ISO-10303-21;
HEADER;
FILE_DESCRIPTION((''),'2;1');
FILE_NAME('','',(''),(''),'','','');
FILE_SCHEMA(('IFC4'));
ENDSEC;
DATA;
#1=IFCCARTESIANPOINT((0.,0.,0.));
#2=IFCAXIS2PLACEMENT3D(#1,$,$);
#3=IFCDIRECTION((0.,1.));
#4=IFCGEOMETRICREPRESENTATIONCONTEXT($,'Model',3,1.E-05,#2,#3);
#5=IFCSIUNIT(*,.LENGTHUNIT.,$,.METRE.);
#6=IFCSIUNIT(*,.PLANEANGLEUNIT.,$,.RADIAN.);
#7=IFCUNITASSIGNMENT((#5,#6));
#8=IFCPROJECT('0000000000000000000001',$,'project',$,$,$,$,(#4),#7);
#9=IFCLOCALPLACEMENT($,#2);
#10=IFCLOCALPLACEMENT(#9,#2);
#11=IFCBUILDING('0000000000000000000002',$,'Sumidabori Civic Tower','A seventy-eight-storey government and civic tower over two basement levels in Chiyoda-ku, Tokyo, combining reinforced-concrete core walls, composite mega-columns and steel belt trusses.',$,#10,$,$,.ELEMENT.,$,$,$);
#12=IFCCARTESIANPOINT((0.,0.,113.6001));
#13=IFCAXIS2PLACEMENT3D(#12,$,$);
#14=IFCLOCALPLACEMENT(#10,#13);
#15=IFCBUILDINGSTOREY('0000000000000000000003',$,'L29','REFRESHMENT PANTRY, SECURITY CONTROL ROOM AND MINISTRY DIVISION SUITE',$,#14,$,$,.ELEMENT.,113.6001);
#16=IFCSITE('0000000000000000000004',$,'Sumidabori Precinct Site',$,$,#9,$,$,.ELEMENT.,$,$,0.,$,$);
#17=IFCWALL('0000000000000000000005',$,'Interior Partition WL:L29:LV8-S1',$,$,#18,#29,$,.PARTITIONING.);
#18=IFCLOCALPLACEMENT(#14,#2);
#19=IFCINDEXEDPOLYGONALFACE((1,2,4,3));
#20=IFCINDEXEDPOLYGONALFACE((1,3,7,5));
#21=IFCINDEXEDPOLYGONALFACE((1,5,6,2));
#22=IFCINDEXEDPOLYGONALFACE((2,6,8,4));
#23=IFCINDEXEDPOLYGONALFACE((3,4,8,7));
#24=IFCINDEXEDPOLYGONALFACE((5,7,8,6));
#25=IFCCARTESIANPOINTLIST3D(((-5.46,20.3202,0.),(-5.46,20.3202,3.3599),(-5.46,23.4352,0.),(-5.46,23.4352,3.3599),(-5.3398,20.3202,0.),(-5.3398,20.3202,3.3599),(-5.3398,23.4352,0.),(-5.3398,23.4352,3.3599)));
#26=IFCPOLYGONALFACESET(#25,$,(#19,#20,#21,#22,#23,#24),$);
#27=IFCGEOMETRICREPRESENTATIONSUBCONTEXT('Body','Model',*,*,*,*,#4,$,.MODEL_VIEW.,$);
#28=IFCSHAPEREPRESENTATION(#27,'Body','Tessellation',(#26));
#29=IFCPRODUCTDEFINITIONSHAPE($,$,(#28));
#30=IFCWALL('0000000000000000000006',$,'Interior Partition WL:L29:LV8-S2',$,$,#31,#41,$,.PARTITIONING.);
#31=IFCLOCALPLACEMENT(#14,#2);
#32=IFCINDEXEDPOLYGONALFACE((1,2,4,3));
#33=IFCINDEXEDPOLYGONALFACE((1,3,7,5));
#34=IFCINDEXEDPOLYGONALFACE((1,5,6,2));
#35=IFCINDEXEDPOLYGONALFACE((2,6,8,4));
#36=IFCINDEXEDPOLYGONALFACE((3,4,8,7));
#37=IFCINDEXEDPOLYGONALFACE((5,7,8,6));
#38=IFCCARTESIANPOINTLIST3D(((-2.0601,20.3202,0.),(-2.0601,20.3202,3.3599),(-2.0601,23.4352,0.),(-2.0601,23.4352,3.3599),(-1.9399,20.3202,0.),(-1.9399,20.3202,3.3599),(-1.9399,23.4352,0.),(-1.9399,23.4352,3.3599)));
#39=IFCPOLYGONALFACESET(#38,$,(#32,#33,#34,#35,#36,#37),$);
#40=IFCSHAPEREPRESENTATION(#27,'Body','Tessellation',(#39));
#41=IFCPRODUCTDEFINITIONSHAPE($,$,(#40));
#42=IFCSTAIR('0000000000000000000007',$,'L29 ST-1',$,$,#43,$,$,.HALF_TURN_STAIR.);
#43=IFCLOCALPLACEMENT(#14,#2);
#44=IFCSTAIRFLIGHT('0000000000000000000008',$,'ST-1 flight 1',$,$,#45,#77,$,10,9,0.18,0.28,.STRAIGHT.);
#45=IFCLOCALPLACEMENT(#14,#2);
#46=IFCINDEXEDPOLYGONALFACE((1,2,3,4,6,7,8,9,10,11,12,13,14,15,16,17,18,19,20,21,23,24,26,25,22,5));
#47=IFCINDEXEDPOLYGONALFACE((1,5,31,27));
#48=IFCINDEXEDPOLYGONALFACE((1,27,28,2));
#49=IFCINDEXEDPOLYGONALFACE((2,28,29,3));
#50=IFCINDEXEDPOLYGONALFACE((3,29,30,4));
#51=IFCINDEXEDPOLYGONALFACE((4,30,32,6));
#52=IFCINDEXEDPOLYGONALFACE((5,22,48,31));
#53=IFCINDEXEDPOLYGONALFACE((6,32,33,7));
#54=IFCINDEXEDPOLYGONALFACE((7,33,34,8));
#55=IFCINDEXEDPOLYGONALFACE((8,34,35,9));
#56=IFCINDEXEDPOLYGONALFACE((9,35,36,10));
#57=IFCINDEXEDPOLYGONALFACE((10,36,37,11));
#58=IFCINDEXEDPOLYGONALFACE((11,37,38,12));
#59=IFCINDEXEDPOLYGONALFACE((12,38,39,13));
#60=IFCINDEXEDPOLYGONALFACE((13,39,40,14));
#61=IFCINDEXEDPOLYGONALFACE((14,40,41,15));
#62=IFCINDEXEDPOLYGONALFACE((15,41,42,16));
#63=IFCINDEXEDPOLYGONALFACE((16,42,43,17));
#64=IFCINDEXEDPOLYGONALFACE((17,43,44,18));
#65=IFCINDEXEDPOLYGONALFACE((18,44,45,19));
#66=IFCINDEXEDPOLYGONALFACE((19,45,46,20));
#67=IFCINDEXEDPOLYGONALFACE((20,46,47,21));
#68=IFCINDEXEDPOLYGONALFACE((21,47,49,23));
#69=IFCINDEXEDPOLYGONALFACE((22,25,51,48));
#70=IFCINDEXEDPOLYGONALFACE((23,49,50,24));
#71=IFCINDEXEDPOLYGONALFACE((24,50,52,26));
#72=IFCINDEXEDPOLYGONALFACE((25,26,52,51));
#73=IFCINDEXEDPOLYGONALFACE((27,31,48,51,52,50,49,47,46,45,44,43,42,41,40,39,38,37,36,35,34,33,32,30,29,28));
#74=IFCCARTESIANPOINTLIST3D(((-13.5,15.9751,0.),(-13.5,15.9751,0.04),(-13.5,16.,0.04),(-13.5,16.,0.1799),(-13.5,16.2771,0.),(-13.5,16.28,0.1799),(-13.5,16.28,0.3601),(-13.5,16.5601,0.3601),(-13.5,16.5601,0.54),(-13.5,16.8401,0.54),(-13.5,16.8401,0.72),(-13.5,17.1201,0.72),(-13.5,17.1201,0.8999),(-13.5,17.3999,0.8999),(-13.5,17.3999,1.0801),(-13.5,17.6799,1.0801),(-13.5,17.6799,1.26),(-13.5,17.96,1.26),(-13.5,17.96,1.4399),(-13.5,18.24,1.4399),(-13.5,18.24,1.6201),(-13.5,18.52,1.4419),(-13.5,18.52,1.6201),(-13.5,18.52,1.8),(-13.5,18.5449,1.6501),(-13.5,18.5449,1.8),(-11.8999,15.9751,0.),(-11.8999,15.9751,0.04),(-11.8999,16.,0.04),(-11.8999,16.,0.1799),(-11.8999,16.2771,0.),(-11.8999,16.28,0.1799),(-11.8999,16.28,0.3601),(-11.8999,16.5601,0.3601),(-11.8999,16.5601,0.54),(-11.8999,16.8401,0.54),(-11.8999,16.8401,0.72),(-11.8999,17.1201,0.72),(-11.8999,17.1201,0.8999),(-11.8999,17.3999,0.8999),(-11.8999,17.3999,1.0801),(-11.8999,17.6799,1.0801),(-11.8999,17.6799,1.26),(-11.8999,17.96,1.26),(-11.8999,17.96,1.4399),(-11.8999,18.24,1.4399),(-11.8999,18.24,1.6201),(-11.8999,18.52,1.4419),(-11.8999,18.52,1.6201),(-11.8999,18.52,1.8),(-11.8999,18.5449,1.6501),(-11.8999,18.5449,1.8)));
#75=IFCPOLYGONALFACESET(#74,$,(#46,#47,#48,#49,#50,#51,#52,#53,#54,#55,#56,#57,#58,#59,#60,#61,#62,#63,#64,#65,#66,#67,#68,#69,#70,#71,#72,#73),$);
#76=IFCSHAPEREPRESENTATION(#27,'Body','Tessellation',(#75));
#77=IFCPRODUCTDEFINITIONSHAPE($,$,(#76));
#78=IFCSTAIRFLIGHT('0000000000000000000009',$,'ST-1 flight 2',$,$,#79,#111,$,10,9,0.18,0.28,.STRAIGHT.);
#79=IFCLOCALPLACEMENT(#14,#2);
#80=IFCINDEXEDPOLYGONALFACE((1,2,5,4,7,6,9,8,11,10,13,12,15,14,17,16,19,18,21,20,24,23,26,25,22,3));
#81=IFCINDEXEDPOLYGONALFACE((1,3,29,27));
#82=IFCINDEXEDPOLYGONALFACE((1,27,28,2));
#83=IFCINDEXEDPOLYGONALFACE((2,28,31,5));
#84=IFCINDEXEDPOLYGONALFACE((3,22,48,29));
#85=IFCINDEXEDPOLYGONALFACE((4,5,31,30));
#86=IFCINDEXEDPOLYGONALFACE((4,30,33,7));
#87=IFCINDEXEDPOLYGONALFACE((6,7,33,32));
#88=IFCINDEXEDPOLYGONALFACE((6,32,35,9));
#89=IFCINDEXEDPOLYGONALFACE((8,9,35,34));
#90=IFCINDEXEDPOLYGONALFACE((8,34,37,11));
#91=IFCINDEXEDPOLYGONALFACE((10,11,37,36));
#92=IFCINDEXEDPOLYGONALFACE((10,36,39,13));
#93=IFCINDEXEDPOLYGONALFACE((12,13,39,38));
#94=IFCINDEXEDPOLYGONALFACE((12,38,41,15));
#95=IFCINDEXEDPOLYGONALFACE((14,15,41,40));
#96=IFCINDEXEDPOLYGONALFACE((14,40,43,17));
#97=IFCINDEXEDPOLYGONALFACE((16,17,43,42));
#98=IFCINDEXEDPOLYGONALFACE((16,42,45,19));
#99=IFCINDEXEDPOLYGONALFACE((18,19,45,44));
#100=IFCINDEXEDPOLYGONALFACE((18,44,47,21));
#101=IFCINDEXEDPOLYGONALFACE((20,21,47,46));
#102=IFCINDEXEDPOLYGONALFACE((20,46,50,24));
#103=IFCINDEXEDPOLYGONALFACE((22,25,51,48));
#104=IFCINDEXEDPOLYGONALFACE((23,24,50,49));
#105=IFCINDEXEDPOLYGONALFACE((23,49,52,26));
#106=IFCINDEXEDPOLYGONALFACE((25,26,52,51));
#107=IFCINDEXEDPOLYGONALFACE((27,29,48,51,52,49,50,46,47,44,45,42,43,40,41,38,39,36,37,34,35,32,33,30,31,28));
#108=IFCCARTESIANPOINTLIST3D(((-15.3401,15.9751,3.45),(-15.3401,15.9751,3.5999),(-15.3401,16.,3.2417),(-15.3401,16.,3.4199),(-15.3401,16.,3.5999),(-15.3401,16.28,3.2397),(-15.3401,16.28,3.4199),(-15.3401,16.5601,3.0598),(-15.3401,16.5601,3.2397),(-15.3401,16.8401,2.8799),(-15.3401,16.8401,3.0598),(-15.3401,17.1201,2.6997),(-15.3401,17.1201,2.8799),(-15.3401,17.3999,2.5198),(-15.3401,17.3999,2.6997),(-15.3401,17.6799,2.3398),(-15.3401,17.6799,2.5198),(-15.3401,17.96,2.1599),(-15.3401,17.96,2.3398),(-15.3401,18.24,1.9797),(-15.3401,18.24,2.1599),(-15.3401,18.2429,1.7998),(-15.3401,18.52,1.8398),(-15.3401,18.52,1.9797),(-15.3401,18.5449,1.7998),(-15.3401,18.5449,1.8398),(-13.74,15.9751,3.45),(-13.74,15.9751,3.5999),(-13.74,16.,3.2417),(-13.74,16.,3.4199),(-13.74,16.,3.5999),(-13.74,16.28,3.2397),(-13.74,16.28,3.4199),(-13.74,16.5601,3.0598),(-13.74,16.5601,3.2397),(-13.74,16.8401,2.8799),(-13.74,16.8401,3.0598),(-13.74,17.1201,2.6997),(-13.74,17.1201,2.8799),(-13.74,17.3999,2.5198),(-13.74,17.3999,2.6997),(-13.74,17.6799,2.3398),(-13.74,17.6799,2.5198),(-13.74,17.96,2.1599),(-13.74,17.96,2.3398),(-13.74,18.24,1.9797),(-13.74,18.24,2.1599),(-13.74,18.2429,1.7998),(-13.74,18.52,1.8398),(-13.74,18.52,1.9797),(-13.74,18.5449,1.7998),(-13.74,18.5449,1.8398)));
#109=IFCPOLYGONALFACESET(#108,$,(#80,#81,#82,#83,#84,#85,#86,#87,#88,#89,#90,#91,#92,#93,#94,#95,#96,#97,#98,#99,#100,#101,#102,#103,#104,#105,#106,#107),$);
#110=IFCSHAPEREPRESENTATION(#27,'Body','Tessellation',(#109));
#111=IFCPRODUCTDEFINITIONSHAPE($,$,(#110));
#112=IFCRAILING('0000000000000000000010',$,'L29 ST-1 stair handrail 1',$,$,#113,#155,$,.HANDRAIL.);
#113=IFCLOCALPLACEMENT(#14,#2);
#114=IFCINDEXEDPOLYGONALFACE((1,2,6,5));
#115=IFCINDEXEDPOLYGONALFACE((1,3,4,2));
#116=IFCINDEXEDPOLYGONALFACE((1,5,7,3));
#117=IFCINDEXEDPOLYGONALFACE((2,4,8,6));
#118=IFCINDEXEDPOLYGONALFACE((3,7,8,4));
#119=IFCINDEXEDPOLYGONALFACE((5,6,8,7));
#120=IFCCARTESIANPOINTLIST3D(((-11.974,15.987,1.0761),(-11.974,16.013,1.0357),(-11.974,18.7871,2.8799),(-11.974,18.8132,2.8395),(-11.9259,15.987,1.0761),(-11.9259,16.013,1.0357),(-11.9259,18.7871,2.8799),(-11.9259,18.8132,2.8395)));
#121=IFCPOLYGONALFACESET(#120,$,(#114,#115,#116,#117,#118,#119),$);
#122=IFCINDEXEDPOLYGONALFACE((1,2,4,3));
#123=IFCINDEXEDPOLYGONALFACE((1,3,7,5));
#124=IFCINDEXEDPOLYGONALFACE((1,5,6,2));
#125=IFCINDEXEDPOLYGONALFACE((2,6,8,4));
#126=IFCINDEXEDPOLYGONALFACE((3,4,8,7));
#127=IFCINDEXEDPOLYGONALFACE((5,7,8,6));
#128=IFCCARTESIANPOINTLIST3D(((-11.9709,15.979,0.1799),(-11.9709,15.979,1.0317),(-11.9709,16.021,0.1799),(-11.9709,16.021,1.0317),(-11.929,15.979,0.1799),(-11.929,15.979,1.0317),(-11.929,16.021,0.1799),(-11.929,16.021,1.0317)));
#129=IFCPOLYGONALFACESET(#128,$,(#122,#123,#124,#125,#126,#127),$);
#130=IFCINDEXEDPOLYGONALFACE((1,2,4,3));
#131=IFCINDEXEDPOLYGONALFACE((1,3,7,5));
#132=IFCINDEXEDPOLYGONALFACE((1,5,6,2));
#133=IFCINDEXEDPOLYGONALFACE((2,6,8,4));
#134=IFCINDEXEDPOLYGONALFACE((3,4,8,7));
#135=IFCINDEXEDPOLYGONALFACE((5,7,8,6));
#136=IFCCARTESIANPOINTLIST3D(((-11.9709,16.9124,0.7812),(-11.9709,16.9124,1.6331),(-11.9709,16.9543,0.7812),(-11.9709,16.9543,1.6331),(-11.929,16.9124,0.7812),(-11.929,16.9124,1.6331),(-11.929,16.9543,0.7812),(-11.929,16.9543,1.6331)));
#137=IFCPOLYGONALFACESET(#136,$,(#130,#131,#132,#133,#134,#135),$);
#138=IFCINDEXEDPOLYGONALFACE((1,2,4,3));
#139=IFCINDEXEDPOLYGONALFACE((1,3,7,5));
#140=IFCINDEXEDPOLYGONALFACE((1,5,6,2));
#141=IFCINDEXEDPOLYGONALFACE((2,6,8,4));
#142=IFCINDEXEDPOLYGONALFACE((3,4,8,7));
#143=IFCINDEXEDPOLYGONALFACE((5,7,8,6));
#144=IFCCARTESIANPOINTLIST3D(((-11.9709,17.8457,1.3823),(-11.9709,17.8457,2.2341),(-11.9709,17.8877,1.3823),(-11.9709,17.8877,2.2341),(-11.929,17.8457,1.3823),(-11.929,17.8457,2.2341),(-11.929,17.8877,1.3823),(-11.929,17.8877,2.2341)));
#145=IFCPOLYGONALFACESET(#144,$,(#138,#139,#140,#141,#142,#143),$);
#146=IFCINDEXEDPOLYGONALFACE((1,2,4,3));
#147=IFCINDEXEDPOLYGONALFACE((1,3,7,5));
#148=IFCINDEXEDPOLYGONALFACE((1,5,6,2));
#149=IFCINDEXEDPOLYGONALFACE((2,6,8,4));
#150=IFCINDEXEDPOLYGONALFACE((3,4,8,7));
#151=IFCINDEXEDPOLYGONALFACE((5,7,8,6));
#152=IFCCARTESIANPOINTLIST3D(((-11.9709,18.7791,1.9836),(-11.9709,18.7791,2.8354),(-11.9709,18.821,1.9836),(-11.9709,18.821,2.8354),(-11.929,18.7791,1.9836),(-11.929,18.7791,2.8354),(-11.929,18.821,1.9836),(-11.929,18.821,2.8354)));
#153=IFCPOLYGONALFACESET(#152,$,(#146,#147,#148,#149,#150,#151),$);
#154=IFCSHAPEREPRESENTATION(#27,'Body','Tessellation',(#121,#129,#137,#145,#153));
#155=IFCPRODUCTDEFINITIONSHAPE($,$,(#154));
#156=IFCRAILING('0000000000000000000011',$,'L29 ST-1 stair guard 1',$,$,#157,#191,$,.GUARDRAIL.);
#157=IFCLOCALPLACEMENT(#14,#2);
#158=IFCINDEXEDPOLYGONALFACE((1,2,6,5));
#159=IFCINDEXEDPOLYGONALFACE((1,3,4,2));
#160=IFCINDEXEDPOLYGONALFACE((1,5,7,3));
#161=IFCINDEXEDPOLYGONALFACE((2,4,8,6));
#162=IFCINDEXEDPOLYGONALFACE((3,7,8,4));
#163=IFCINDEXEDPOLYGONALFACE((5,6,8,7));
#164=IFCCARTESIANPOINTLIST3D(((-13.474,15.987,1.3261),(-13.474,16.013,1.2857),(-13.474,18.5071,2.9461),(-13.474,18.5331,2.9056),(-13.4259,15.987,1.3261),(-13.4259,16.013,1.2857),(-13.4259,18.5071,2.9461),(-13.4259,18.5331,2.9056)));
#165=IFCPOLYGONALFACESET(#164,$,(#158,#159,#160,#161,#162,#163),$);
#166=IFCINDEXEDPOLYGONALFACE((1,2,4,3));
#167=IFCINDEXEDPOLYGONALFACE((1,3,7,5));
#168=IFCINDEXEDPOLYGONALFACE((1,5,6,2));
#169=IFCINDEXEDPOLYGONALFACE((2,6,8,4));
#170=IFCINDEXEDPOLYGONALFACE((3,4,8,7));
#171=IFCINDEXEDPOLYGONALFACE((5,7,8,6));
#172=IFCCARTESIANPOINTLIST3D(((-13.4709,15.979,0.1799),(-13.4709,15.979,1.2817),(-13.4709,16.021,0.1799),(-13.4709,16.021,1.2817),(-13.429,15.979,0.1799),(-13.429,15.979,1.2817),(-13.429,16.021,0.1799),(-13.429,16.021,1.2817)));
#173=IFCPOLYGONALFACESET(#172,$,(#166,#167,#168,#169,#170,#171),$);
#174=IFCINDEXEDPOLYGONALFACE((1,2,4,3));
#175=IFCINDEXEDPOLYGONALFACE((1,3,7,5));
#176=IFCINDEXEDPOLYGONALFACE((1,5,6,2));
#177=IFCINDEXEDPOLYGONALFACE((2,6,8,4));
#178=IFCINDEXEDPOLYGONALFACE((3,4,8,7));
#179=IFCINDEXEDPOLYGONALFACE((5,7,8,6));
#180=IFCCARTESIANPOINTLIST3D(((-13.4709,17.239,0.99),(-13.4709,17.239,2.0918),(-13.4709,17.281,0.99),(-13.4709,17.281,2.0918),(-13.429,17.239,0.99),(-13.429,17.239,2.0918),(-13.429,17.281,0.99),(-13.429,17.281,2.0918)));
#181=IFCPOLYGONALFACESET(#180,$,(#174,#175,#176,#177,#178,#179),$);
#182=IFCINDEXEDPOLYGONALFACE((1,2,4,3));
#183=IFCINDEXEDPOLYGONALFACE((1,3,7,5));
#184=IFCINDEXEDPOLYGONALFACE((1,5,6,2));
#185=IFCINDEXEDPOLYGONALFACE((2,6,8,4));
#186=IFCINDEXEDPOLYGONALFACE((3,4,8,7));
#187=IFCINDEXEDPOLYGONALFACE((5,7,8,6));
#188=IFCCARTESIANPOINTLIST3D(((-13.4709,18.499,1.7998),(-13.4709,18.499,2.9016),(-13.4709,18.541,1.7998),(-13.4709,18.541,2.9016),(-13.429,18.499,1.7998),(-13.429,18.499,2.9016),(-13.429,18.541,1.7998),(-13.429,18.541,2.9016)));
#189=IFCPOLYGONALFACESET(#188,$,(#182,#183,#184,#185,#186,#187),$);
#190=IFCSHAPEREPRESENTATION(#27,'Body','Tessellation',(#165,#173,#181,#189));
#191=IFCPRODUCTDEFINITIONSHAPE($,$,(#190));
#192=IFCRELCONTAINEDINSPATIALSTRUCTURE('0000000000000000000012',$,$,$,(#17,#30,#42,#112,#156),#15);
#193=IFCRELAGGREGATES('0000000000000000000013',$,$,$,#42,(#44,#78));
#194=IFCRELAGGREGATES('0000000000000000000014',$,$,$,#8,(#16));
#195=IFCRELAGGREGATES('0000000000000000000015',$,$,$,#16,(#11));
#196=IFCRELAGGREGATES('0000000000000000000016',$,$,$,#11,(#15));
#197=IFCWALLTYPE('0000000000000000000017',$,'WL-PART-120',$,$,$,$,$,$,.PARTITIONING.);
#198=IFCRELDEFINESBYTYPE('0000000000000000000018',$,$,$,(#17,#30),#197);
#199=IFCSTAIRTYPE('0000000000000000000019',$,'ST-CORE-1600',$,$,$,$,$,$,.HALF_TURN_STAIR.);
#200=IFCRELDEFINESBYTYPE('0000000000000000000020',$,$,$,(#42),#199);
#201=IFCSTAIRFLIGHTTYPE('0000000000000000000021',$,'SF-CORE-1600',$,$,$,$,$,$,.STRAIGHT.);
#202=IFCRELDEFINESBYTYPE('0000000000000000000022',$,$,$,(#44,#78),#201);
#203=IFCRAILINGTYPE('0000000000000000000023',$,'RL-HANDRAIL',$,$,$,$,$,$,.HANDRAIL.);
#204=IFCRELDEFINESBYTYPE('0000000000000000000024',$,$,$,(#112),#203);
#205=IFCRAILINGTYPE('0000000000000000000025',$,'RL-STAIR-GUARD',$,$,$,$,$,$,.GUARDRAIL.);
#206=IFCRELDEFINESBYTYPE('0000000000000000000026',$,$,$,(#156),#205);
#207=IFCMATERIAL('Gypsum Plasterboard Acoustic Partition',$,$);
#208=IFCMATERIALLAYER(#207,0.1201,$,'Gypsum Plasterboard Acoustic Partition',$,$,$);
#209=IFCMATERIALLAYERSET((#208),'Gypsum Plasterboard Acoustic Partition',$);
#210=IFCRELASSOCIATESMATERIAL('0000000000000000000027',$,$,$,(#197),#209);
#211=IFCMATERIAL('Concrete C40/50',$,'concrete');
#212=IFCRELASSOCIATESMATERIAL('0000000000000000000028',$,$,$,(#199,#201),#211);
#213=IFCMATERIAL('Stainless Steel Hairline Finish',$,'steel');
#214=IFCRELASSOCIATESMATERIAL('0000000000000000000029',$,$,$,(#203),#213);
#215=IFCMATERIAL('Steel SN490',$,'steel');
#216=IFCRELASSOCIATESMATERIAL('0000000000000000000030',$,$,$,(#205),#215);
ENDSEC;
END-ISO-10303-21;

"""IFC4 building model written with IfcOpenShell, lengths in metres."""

from ifc_helpers import new_model, si_unit, direction, frame, frame_2d, origin, origin_2d, place, context, subcontext, project, spatial, polyline, rectangle, outline, extrude, source, transform, mapped, material, layer, layer_set, type_object, element, aggregate, save


model = new_model("IFC4")

# Units and contexts
model_context = context("Model", 3, precision=1e-05, world=origin(), true_north=direction((0.0, 1.0)))
body_context = subcontext(model_context, "Body", "Model", "MODEL_VIEW")
ifc_project = project(units=[si_unit("LENGTHUNIT", "METRE"), si_unit("PLANEANGLEUNIT", "RADIAN")], contexts=[model_context])

# Site, building, storey
site_placement = place(None, origin())
site = spatial("IfcSite", under=ifc_project, at=site_placement, Name="Sumidabori Precinct Site", CompositionType="ELEMENT", RefElevation=0.0)
building_placement = place(site_placement, origin())
building = spatial("IfcBuilding", under=site, at=building_placement, Name="Sumidabori Civic Tower", Description="A seventy-eight-storey government and civic tower over two basement levels in Chiyoda-ku, Tokyo, combining reinforced-concrete core walls, composite mega-columns and steel belt trusses.", CompositionType="ELEMENT")
storey_placement = place(building_placement, frame((0.0, 0.0, 113.6001)))
storey = spatial("IfcBuildingStorey", under=building, at=storey_placement, Name="L29", Description="REFRESHMENT PANTRY, SECURITY CONTROL ROOM AND MINISTRY DIVISION SUITE", CompositionType="ELEMENT", Elevation=113.6001)

# Shared definitions
ifc_material_1 = material(Name="Gypsum Plasterboard Acoustic Partition")

# Walls
ifc_layer_1 = layer(ifc_material_1, 0.1201, Name="Gypsum Plasterboard Acoustic Partition")
ifc_layer_set_1 = layer_set([ifc_layer_1], Name="Gypsum Plasterboard Acoustic Partition")
wall_type_1 = type_object("IfcWallType", Name="WL-PART-120", PredefinedType="PARTITIONING", material=ifc_layer_set_1)
shared_shape_1 = source(origin(), body_context, "Body", "SweptSolid", [
    extrude(rectangle(XDim=3.115, YDim=0.1201, at=frame_2d((1.5576, 0.0))), origin(), (0.0, 0.0, 1.0), 3.3599),
])
for number, where, z_axis, x_axis, name in (
    (1, (-5.3999, 20.3201, 0.0), (0.0, 0.0, 1.0), (0.0, 1.0, 0.0), "Interior Partition WL:L29:LV8-S1"),
    (2, (-2.0, 20.3201, 0.0), (0.0, 0.0, 1.0), (0.0, 1.0, 0.0), "Interior Partition WL:L29:LV8-S2"),
):
    element("IfcWall", number, at=place(storey_placement, frame(where, z_axis=z_axis, x_axis=x_axis)), inside=storey, type_object=wall_type_1, Name=name, PredefinedType="PARTITIONING", context=body_context, shape_type="MappedRepresentation", body=[
        mapped(shared_shape_1, transform((0.0, 0.0, 0.0), x_axis=(1.0, 0.0, 0.0), y_axis=(0.0, 1.0, 0.0), z_axis=(0.0, 0.0, 1.0), scale=1.0)),
    ])

# Stair, stair flights
ifc_material_2 = material(Name="Concrete C40/50", Category="concrete")
stair_type = type_object("IfcStairType", Name="ST-CORE-1600", PredefinedType="HALF_TURN_STAIR", material=ifc_material_2)
stair_placement = place(storey_placement, origin())
stair = element("IfcStair", 3, at=stair_placement, inside=storey, type_object=stair_type, Name="L29 ST-1", PredefinedType="HALF_TURN_STAIR")
stair_flight_type = type_object("IfcStairFlightType", Name="SF-CORE-1600", PredefinedType="STRAIGHT", material=ifc_material_2)
shared_shape_2 = source(origin(), body_context, "Body", "SweptSolid", [
    extrude(outline(polyline([(-0.0249, 0.0), (-0.0249, 0.04), (0.0, 0.04), (0.0, 0.1799), (0.28, 0.1799), (0.28, 0.3601), (0.5601, 0.3601), (0.5601, 0.54), (0.8401, 0.54), (0.8401, 0.72), (1.1201, 0.72), (1.1201, 0.8999), (1.3999, 0.8999), (1.3999, 1.0801), (1.6799, 1.0801), (1.6799, 1.26), (1.96, 1.26), (1.96, 1.4399), (2.24, 1.4399), (2.24, 1.6201), (2.52, 1.6201), (2.52, 1.8), (2.5449, 1.8), (2.5449, 1.6501), (2.52, 1.4419), (0.2771, 0.0), (-0.0249, 0.0)])), frame((0.0, 0.8, 0.0), z_axis=(0.0, -1.0, 0.0), x_axis=(1.0, 0.0, 0.0)), (0.0, 0.0, 1.0), 1.6001),
])
stair_flight_1_placement = place(storey_placement, frame((-12.7, 16.0, 0.0), z_axis=(0.0, 0.0, 1.0), x_axis=(0.0, 1.0, 0.0)))
stair_flight_1 = element("IfcStairFlight", 4, at=stair_flight_1_placement, type_object=stair_flight_type, Name="ST-1 flight 1", NumberOfRisers=10, NumberOfTreads=9, PredefinedType="STRAIGHT", RiserHeight=0.18, TreadLength=0.28, context=body_context, shape_type="MappedRepresentation", body=[
    mapped(shared_shape_2, transform((0.0, 0.0, 0.0), x_axis=(1.0, 0.0, 0.0), y_axis=(0.0, 1.0, 0.0), z_axis=(0.0, 0.0, 1.0), scale=1.0)),
])
stair_flight_2_placement = place(storey_placement, frame((-14.54, 18.52, 1.7998), z_axis=(0.0, 0.0, 1.0), x_axis=(0.0, -1.0, 0.0)))
stair_flight_2 = element("IfcStairFlight", 5, at=stair_flight_2_placement, type_object=stair_flight_type, Name="ST-1 flight 2", NumberOfRisers=10, NumberOfTreads=9, PredefinedType="STRAIGHT", RiserHeight=0.18, TreadLength=0.28, context=body_context, shape_type="MappedRepresentation", body=[
    mapped(shared_shape_2, transform((0.0, 0.0, 0.0), x_axis=(1.0, 0.0, 0.0), y_axis=(0.0, 1.0, 0.0), z_axis=(0.0, 0.0, 1.0), scale=1.0)),
])
aggregate(stair, [stair_flight_1, stair_flight_2])

# Railings
ifc_material_3 = material(Name="Stainless Steel Hairline Finish", Category="steel")
railing_type_1 = type_object("IfcRailingType", Name="RL-HANDRAIL", PredefinedType="HANDRAIL", material=ifc_material_3)
railing_1_placement = place(storey_placement, frame((-11.95, 16.0, 0.1799)))
element("IfcRailing", 6, at=railing_1_placement, inside=storey, type_object=railing_type_1, Name="L29 ST-1 stair handrail 1", PredefinedType="HANDRAIL", context=body_context, shape_type="SweptSolid", body=[
    extrude(rectangle(XDim=0.0481, YDim=0.0481, at=origin_2d()), frame((0.0, 0.0, 0.876), z_axis=(0.0, 0.840676, 0.541539), x_axis=(-1.0, 0.0, 0.0)), (0.0, 0.0, 1.0), 3.3308),
    extrude(rectangle(XDim=0.042, YDim=0.042, at=origin_2d()), origin(), (0.0, 0.0, 1.0), 0.8518),
    extrude(rectangle(XDim=0.042, YDim=0.042, at=origin_2d()), frame((0.0, 0.9333, 0.6013)), (0.0, 0.0, 1.0), 0.8518),
    extrude(rectangle(XDim=0.042, YDim=0.042, at=origin_2d()), frame((0.0, 1.8667, 1.2024)), (0.0, 0.0, 1.0), 0.8518),
    extrude(rectangle(XDim=0.042, YDim=0.042, at=origin_2d()), frame((0.0, 2.8, 1.8037)), (0.0, 0.0, 1.0), 0.8518),
])
ifc_material_4 = material(Name="Steel SN490", Category="steel")
railing_type_2 = type_object("IfcRailingType", Name="RL-STAIR-GUARD", PredefinedType="GUARDRAIL", material=ifc_material_4)
railing_2_placement = place(storey_placement, frame((-13.45, 16.0, 0.1799)))
element("IfcRailing", 7, at=railing_2_placement, inside=storey, type_object=railing_type_2, Name="L29 ST-1 stair guard 1", PredefinedType="GUARDRAIL", context=body_context, shape_type="SweptSolid", body=[
    extrude(rectangle(XDim=0.0481, YDim=0.0481, at=origin_2d()), frame((0.0, 0.0, 1.126), z_axis=(0.0, 0.8412, 0.540725), x_axis=(-1.0, 0.0, 0.0)), (0.0, 0.0, 1.0), 2.9958),
    extrude(rectangle(XDim=0.042, YDim=0.042, at=origin_2d()), origin(), (0.0, 0.0, 1.0), 1.1018),
    extrude(rectangle(XDim=0.042, YDim=0.042, at=origin_2d()), frame((0.0, 1.26, 0.8101)), (0.0, 0.0, 1.0), 1.1018),
    extrude(rectangle(XDim=0.042, YDim=0.042, at=origin_2d()), frame((0.0, 2.52, 1.6199)), (0.0, 0.0, 1.0), 1.1018),
])

save(model, "model.ifc")
